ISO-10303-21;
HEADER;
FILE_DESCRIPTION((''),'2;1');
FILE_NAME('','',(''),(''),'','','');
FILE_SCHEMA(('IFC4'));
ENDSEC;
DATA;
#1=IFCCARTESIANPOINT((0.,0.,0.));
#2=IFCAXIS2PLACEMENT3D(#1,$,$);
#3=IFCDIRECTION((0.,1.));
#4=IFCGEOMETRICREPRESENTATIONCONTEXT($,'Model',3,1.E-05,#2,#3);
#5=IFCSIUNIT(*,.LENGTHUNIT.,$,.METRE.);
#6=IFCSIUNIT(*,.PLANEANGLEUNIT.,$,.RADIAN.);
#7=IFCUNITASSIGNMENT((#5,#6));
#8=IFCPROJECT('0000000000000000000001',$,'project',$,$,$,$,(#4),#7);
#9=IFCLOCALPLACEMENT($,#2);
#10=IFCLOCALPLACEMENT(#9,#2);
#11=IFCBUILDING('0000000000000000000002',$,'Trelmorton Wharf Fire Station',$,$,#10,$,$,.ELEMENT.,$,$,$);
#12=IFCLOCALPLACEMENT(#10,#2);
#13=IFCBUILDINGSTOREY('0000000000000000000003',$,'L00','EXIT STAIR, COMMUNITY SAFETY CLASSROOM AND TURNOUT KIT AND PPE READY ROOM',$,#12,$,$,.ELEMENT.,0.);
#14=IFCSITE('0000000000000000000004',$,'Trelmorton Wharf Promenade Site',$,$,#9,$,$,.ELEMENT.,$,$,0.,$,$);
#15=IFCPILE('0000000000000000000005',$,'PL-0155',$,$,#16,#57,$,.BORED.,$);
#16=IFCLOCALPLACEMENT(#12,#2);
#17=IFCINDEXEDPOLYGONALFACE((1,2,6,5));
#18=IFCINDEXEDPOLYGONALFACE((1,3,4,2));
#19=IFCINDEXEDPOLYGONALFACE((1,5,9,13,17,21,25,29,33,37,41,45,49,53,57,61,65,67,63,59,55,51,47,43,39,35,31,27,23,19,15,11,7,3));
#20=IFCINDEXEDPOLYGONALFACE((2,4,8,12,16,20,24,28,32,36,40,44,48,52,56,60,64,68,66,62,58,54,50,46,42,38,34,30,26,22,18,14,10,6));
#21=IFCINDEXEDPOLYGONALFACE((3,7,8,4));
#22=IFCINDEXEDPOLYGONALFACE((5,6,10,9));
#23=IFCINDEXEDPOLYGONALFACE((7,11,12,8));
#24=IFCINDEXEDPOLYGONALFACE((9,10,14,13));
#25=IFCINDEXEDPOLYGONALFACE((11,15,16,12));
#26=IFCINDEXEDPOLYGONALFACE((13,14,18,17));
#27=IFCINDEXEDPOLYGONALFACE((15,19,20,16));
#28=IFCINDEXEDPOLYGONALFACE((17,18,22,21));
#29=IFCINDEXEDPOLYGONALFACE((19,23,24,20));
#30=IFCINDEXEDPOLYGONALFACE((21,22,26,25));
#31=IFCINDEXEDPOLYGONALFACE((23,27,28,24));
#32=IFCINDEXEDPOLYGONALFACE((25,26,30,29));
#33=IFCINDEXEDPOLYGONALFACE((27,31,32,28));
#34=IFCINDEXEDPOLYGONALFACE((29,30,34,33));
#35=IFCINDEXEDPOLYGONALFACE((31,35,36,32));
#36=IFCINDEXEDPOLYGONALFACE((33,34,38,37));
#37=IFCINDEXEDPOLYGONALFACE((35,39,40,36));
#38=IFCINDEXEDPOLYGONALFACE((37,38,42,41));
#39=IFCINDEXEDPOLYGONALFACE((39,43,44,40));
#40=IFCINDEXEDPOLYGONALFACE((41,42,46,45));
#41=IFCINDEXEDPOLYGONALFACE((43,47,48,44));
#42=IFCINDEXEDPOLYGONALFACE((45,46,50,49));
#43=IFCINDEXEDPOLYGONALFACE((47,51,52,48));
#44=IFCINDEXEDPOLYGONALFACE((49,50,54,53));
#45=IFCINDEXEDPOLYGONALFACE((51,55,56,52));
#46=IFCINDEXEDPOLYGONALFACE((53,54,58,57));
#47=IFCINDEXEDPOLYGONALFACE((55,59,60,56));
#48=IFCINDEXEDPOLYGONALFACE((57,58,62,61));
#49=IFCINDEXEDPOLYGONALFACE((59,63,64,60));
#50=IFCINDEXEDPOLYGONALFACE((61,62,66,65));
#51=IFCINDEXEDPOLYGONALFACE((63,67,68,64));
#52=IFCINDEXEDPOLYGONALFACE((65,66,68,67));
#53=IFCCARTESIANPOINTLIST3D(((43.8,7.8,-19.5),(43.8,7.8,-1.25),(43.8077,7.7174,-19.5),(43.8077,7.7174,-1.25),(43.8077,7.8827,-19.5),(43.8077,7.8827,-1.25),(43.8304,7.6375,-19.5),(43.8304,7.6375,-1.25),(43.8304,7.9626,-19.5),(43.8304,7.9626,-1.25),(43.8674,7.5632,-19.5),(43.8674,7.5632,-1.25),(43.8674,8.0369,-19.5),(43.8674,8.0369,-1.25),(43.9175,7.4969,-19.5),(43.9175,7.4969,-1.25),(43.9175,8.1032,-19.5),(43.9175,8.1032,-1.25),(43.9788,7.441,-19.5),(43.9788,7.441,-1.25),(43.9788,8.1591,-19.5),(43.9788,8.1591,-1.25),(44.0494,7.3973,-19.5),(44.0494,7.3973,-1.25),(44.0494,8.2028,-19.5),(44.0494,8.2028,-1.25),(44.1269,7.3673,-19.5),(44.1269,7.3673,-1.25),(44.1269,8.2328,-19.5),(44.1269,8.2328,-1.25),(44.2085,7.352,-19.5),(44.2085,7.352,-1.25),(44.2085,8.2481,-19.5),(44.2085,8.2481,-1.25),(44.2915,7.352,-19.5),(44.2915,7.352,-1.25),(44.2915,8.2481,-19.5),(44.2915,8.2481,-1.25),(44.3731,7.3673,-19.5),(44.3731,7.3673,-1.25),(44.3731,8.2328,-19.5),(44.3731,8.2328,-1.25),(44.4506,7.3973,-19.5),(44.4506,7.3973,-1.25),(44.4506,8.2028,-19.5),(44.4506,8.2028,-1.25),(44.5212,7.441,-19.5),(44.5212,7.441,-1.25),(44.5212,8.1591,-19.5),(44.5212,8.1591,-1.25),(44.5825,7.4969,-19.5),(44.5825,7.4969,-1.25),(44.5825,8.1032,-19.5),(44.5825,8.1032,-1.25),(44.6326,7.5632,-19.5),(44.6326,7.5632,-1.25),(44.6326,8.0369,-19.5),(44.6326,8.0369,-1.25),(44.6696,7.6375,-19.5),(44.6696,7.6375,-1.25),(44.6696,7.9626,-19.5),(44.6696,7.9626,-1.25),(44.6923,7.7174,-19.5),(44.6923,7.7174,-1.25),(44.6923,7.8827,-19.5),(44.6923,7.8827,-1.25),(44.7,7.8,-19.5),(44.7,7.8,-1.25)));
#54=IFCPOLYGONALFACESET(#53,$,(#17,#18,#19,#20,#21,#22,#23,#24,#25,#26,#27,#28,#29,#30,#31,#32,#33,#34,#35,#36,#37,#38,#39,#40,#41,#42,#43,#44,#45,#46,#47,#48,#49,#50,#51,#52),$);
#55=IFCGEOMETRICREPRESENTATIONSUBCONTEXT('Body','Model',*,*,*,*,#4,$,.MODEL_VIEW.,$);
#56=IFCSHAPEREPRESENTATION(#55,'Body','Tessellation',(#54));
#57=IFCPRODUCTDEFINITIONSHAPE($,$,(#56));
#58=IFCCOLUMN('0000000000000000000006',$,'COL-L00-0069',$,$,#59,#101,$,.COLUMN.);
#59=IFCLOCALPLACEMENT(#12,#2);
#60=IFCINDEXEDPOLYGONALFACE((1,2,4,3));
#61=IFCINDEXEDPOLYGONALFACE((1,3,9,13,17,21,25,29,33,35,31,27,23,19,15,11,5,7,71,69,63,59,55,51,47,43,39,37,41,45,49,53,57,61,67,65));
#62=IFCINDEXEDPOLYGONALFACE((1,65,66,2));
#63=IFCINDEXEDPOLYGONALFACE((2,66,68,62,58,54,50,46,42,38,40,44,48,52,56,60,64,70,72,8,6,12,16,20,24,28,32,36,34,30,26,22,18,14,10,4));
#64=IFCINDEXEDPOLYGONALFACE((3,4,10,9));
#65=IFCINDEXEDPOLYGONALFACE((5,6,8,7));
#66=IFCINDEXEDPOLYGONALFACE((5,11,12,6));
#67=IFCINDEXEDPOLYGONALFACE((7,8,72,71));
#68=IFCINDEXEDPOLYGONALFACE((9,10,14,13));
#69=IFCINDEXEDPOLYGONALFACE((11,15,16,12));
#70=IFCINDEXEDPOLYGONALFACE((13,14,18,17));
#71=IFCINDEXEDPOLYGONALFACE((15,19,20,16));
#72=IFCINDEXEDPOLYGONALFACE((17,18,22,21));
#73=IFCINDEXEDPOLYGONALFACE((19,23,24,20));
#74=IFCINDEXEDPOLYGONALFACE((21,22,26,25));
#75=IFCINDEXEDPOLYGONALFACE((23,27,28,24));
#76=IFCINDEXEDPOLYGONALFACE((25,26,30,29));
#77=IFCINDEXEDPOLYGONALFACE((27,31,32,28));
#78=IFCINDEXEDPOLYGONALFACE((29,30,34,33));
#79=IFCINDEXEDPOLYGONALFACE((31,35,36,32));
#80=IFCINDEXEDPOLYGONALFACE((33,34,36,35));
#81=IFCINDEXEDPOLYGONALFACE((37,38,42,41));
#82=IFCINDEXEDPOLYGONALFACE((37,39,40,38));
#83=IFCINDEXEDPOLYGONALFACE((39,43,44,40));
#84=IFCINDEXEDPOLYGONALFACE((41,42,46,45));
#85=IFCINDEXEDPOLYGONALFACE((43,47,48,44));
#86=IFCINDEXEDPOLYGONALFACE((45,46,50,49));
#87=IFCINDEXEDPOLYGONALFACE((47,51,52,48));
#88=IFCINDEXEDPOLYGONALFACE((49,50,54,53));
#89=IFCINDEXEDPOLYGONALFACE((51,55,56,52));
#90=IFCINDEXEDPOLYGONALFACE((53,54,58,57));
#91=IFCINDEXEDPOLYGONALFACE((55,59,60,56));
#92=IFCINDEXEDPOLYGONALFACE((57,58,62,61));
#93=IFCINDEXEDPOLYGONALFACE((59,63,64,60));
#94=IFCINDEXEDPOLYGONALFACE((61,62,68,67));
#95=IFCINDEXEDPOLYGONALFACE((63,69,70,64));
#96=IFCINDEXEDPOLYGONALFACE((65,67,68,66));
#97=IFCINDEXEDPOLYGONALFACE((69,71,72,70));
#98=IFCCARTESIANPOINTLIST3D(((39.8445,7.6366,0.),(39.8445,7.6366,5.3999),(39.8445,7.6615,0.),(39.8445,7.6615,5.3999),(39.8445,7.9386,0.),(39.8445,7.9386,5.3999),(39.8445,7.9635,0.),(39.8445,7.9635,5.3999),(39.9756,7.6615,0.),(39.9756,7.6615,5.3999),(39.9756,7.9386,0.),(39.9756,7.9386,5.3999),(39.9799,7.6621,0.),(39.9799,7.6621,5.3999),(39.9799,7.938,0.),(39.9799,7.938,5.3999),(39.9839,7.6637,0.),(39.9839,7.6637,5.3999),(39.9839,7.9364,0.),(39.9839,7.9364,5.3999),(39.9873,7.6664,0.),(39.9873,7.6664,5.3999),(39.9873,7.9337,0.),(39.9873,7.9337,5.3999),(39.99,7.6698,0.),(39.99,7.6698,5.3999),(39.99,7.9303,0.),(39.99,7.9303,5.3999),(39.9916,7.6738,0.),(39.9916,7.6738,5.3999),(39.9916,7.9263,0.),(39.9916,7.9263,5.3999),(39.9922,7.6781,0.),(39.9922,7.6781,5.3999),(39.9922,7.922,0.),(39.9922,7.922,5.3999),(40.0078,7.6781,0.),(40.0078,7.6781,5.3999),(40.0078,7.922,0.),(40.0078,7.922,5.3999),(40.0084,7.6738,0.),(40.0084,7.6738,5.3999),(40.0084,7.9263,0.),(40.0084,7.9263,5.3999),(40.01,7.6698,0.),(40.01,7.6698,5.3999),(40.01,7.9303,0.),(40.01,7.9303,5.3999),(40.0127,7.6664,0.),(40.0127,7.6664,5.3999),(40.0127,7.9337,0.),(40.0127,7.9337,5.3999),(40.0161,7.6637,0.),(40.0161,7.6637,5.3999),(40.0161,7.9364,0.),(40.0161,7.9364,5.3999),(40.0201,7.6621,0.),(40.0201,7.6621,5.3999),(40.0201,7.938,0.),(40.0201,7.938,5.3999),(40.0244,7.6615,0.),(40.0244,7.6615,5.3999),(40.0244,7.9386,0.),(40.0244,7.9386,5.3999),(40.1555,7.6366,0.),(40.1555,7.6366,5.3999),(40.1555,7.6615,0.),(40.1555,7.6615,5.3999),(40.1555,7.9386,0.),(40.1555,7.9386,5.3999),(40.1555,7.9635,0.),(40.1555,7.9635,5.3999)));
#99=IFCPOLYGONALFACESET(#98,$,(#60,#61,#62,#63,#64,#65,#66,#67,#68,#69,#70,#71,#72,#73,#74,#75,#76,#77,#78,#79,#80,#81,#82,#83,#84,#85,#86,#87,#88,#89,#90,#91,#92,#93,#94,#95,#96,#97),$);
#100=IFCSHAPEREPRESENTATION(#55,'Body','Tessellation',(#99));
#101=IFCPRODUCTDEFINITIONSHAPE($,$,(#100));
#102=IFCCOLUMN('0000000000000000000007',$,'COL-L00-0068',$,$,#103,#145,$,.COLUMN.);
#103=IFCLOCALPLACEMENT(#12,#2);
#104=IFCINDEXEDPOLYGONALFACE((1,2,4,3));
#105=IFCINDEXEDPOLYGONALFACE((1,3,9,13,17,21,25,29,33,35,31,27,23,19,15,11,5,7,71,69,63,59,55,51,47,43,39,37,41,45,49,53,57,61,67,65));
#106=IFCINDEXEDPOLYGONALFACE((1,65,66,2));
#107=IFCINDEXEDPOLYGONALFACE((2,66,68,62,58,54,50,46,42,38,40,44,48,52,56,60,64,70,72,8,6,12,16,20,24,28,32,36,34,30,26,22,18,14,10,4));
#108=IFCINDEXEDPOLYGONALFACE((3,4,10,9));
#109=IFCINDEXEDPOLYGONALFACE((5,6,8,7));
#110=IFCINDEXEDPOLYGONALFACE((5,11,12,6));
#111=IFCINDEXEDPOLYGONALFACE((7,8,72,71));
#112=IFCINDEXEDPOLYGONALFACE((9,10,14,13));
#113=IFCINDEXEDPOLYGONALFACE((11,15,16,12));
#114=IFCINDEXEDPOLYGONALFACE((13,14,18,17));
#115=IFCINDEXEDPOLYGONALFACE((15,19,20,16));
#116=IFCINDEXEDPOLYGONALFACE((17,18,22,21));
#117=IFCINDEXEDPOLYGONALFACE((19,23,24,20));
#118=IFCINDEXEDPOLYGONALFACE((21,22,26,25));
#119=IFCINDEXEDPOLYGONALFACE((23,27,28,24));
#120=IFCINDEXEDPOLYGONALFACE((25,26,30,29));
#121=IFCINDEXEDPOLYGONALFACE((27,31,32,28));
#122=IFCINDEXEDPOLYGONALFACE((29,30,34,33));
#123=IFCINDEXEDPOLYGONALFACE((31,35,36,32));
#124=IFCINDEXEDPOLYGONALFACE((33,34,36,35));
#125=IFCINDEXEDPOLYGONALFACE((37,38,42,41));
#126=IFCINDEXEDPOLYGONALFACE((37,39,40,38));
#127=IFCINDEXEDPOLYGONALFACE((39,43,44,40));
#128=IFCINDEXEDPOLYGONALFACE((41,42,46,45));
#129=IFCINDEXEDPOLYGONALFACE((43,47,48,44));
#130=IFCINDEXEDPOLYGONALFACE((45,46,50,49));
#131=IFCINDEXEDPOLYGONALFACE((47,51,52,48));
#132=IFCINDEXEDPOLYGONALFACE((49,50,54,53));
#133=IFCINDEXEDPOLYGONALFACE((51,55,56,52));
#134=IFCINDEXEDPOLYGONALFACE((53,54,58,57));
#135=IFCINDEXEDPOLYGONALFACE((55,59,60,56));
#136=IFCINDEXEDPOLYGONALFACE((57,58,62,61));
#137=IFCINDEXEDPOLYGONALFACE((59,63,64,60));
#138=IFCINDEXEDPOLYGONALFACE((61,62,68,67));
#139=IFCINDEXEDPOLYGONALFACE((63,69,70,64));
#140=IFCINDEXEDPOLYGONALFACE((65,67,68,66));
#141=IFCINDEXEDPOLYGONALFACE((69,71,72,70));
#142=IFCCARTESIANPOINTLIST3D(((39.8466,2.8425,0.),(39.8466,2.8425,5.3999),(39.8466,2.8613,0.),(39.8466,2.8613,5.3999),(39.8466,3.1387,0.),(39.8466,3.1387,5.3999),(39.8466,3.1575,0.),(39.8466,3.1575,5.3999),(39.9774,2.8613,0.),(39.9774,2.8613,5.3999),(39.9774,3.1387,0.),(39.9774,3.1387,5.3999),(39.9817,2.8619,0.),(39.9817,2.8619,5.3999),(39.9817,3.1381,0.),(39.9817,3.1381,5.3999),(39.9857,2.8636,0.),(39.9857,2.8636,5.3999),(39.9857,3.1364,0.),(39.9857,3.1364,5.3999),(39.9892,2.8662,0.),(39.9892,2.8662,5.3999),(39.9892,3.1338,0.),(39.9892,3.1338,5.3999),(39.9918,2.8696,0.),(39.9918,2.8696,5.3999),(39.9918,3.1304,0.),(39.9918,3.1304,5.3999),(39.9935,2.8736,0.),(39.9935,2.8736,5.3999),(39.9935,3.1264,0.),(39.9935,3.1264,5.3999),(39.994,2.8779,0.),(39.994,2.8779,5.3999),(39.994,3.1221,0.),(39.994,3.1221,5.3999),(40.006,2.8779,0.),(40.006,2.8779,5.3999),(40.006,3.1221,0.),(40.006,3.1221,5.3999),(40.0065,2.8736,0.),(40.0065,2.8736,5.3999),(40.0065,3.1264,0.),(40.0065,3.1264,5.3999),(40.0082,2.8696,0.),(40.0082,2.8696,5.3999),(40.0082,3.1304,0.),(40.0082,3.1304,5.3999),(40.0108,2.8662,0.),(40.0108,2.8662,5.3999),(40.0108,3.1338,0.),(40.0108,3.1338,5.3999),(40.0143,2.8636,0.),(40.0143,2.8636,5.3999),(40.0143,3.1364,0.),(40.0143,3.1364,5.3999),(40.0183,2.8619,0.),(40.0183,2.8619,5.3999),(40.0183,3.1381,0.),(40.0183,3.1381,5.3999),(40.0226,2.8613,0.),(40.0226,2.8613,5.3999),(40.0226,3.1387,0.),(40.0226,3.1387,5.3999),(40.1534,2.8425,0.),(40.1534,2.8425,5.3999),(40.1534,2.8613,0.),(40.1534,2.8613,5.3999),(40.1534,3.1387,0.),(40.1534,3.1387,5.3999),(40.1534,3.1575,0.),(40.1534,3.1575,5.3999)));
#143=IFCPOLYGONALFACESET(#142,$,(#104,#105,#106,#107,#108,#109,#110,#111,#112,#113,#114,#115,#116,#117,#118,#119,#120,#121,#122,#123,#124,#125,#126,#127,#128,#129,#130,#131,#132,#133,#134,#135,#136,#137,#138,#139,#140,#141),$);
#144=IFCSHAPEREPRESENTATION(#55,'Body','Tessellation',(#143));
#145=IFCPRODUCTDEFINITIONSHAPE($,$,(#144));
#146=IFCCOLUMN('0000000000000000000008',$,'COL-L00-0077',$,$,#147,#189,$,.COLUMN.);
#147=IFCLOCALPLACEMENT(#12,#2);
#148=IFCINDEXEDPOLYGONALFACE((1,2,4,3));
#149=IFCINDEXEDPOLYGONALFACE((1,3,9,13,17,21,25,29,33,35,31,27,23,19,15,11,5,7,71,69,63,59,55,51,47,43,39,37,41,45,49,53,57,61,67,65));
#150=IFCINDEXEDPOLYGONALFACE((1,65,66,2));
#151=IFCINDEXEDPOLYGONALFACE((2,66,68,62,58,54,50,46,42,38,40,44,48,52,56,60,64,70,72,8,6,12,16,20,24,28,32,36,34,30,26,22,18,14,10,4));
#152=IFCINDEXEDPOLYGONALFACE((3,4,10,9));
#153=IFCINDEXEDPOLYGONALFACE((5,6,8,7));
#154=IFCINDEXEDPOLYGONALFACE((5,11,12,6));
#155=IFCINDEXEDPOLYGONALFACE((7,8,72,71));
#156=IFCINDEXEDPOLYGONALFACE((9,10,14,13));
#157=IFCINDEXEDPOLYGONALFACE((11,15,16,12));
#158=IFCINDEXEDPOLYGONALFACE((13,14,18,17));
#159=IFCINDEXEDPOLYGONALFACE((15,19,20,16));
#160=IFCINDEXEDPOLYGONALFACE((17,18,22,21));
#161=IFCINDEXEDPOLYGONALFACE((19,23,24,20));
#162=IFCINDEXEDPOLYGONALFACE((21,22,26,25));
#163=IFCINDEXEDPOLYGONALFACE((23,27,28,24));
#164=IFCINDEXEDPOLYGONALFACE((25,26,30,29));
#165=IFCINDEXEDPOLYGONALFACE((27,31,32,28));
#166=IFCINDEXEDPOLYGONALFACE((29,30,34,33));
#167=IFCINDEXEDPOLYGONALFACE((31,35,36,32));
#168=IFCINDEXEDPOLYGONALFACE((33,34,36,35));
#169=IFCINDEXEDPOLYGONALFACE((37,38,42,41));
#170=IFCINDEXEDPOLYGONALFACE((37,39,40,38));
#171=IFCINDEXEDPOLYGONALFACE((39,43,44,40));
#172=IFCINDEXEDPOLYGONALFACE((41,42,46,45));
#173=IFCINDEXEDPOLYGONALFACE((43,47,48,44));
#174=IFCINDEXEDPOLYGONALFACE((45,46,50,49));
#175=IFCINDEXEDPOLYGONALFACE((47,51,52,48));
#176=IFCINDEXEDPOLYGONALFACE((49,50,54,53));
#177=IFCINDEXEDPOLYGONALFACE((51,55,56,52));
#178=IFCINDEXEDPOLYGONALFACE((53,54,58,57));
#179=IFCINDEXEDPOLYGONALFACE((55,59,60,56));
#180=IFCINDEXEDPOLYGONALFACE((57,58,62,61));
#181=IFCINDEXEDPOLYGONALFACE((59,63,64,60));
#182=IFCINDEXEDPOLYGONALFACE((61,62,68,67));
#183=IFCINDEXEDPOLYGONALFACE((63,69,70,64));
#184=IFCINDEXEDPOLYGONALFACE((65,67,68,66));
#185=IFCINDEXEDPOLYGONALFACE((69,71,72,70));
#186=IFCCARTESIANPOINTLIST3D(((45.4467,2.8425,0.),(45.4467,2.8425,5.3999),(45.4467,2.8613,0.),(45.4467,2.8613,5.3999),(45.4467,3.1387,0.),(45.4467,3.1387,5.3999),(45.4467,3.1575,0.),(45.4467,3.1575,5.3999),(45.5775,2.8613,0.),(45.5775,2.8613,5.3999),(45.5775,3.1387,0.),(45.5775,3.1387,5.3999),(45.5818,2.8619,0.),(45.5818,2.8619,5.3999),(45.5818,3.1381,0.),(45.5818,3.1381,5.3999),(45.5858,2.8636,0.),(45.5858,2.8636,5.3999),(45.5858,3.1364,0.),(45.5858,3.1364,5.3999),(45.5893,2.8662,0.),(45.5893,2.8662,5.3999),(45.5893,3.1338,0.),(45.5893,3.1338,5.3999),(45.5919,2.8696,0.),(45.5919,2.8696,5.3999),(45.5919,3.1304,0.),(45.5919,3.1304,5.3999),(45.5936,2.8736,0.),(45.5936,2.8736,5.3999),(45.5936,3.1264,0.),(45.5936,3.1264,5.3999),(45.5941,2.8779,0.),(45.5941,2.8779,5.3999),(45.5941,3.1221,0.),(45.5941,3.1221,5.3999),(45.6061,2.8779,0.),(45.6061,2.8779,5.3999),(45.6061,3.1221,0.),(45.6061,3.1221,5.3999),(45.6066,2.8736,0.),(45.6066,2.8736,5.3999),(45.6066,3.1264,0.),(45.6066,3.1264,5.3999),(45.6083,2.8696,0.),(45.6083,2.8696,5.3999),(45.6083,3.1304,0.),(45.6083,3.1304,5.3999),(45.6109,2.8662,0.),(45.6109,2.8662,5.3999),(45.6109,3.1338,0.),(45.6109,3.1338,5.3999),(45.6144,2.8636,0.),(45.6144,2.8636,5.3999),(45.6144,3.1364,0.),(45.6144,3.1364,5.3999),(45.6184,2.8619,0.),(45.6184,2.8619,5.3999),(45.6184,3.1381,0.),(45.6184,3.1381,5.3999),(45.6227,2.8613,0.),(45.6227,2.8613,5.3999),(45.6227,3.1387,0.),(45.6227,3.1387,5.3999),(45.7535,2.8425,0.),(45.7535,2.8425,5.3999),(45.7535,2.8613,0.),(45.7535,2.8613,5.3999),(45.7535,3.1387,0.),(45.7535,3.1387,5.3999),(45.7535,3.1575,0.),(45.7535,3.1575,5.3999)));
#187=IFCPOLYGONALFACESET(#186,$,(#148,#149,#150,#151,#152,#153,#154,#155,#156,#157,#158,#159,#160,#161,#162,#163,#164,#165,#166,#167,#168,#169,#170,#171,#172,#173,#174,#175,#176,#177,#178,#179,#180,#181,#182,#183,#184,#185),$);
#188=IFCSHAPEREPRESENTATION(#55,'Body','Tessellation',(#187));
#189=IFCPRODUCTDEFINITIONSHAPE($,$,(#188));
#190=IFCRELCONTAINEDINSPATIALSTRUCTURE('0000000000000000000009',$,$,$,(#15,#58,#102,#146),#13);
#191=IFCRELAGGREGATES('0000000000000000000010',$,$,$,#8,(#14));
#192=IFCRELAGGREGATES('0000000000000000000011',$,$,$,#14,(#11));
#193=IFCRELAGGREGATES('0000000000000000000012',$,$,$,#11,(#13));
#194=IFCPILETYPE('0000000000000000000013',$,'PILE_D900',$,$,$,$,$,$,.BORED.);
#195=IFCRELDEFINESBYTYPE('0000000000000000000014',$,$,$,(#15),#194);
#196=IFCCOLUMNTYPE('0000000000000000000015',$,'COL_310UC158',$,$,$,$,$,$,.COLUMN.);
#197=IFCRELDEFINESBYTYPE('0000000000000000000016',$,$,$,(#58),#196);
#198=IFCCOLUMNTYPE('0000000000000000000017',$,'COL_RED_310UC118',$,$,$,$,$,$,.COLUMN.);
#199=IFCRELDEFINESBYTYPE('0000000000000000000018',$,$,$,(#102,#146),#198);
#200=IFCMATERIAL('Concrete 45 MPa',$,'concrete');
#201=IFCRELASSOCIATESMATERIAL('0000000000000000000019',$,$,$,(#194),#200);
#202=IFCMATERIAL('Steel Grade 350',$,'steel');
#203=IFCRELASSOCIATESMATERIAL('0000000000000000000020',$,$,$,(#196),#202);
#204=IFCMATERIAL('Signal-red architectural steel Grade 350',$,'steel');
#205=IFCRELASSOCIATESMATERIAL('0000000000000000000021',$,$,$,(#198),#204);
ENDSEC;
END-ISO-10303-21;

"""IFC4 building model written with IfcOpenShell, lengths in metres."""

from ifc_helpers import new_model, si_unit, direction, frame, origin, origin_2d, place, context, subcontext, project, spatial, circle, i_section, extrude, material, material_profile, profile_set, type_object, element, save


model = new_model("IFC4")

# Units and contexts
model_context = context("Model", 3, precision=1e-05, world=origin(), true_north=direction((0.0, 1.0)))
body_context = subcontext(model_context, "Body", "Model", "MODEL_VIEW")
ifc_project = project(units=[si_unit("LENGTHUNIT", "METRE"), si_unit("PLANEANGLEUNIT", "RADIAN")], contexts=[model_context])

# Site, building, storey
site_placement = place(None, origin())
site = spatial("IfcSite", under=ifc_project, at=site_placement, Name="Trelmorton Wharf Promenade Site", CompositionType="ELEMENT", RefElevation=0.0)
building_placement = place(site_placement, origin())
building = spatial("IfcBuilding", under=site, at=building_placement, Name="Trelmorton Wharf Fire Station", CompositionType="ELEMENT")
storey_placement = place(building_placement, origin())
storey = spatial("IfcBuildingStorey", under=building, at=storey_placement, Name="L00", Description="EXIT STAIR, COMMUNITY SAFETY CLASSROOM AND TURNOUT KIT AND PPE READY ROOM", CompositionType="ELEMENT", Elevation=0.0)

# Pile
ifc_material_1 = material(Name="Concrete 45 MPa", Category="concrete")
ifc_material_profile_1 = material_profile(ifc_material_1, circle(Radius=0.45, at=origin_2d()), Name="PILE-D900")
ifc_profile_set_1 = profile_set([ifc_material_profile_1], Name="Concrete 45 MPa")
pile_type_1 = type_object("IfcPileType", Name="PILE_D900", PredefinedType="BORED", material=ifc_profile_set_1)
for number, where, z_axis, x_axis, name in (
    (1, (44.25, 7.8, -1.25), (0.0, 0.0, -1.0), (1.0, 0.0, 0.0), "PL-0155"),
):
    element("IfcPile", number, at=place(storey_placement, frame(where, z_axis=z_axis, x_axis=x_axis)), inside=storey, type_object=pile_type_1, Name=name, PredefinedType="BORED", context=body_context, shape_type="SweptSolid", body=[
        extrude(circle(Radius=0.45, at=origin_2d()), origin(), (0.0, 0.0, 1.0), 18.25),
    ])

# Columns
ifc_material_2 = material(Name="Steel Grade 350", Category="steel")
ifc_material_profile_2 = material_profile(ifc_material_2, i_section(OverallWidth=0.311, OverallDepth=0.3269, WebThickness=0.0156, FlangeThickness=0.0249, FilletRadius=0.0166, at=origin_2d()), Name="310UC158")
ifc_profile_set_2 = profile_set([ifc_material_profile_2], Name="Steel Grade 350")
column_type_1 = type_object("IfcColumnType", Name="COL_310UC158", PredefinedType="COLUMN", material=ifc_profile_set_2)
column_placement = place(storey_placement, frame((40.0, 7.8, 0.0), z_axis=(0.0, 0.0, 1.0), x_axis=(1.0, 0.0, 0.0)))
element("IfcColumn", 2, at=column_placement, inside=storey, type_object=column_type_1, Name="COL-L00-0069", PredefinedType="COLUMN", context=body_context, shape_type="SweptSolid", body=[
    extrude(i_section(OverallWidth=0.311, OverallDepth=0.3269, WebThickness=0.0156, FlangeThickness=0.0249, FilletRadius=0.0166, at=origin_2d()), origin(), (0.0, 0.0, 1.0), 5.3999),
])
ifc_material_3 = material(Name="Signal-red architectural steel Grade 350", Category="steel")
ifc_material_profile_3 = material_profile(ifc_material_3, i_section(OverallWidth=0.3069, OverallDepth=0.3149, WebThickness=0.012, FlangeThickness=0.0188, FilletRadius=0.0166, at=origin_2d()), Name="310UC118")
ifc_profile_set_3 = profile_set([ifc_material_profile_3], Name="Signal-red architectural steel Grade 350")
column_type_2 = type_object("IfcColumnType", Name="COL_RED_310UC118", PredefinedType="COLUMN", material=ifc_profile_set_3)
for number, where, z_axis, x_axis, name in (
    (3, (40.0, 3.0, 0.0), (0.0, 0.0, 1.0), (1.0, 0.0, 0.0), "COL-L00-0068"),
    (4, (45.6001, 3.0, 0.0), (0.0, 0.0, 1.0), (1.0, 0.0, 0.0), "COL-L00-0077"),
):
    element("IfcColumn", number, at=place(storey_placement, frame(where, z_axis=z_axis, x_axis=x_axis)), inside=storey, type_object=column_type_2, Name=name, PredefinedType="COLUMN", context=body_context, shape_type="SweptSolid", body=[
        extrude(i_section(OverallWidth=0.3069, OverallDepth=0.3149, WebThickness=0.012, FlangeThickness=0.0188, FilletRadius=0.0166, at=origin_2d()), origin(), (0.0, 0.0, 1.0), 5.3999),
    ])

save(model, "model.ifc")
